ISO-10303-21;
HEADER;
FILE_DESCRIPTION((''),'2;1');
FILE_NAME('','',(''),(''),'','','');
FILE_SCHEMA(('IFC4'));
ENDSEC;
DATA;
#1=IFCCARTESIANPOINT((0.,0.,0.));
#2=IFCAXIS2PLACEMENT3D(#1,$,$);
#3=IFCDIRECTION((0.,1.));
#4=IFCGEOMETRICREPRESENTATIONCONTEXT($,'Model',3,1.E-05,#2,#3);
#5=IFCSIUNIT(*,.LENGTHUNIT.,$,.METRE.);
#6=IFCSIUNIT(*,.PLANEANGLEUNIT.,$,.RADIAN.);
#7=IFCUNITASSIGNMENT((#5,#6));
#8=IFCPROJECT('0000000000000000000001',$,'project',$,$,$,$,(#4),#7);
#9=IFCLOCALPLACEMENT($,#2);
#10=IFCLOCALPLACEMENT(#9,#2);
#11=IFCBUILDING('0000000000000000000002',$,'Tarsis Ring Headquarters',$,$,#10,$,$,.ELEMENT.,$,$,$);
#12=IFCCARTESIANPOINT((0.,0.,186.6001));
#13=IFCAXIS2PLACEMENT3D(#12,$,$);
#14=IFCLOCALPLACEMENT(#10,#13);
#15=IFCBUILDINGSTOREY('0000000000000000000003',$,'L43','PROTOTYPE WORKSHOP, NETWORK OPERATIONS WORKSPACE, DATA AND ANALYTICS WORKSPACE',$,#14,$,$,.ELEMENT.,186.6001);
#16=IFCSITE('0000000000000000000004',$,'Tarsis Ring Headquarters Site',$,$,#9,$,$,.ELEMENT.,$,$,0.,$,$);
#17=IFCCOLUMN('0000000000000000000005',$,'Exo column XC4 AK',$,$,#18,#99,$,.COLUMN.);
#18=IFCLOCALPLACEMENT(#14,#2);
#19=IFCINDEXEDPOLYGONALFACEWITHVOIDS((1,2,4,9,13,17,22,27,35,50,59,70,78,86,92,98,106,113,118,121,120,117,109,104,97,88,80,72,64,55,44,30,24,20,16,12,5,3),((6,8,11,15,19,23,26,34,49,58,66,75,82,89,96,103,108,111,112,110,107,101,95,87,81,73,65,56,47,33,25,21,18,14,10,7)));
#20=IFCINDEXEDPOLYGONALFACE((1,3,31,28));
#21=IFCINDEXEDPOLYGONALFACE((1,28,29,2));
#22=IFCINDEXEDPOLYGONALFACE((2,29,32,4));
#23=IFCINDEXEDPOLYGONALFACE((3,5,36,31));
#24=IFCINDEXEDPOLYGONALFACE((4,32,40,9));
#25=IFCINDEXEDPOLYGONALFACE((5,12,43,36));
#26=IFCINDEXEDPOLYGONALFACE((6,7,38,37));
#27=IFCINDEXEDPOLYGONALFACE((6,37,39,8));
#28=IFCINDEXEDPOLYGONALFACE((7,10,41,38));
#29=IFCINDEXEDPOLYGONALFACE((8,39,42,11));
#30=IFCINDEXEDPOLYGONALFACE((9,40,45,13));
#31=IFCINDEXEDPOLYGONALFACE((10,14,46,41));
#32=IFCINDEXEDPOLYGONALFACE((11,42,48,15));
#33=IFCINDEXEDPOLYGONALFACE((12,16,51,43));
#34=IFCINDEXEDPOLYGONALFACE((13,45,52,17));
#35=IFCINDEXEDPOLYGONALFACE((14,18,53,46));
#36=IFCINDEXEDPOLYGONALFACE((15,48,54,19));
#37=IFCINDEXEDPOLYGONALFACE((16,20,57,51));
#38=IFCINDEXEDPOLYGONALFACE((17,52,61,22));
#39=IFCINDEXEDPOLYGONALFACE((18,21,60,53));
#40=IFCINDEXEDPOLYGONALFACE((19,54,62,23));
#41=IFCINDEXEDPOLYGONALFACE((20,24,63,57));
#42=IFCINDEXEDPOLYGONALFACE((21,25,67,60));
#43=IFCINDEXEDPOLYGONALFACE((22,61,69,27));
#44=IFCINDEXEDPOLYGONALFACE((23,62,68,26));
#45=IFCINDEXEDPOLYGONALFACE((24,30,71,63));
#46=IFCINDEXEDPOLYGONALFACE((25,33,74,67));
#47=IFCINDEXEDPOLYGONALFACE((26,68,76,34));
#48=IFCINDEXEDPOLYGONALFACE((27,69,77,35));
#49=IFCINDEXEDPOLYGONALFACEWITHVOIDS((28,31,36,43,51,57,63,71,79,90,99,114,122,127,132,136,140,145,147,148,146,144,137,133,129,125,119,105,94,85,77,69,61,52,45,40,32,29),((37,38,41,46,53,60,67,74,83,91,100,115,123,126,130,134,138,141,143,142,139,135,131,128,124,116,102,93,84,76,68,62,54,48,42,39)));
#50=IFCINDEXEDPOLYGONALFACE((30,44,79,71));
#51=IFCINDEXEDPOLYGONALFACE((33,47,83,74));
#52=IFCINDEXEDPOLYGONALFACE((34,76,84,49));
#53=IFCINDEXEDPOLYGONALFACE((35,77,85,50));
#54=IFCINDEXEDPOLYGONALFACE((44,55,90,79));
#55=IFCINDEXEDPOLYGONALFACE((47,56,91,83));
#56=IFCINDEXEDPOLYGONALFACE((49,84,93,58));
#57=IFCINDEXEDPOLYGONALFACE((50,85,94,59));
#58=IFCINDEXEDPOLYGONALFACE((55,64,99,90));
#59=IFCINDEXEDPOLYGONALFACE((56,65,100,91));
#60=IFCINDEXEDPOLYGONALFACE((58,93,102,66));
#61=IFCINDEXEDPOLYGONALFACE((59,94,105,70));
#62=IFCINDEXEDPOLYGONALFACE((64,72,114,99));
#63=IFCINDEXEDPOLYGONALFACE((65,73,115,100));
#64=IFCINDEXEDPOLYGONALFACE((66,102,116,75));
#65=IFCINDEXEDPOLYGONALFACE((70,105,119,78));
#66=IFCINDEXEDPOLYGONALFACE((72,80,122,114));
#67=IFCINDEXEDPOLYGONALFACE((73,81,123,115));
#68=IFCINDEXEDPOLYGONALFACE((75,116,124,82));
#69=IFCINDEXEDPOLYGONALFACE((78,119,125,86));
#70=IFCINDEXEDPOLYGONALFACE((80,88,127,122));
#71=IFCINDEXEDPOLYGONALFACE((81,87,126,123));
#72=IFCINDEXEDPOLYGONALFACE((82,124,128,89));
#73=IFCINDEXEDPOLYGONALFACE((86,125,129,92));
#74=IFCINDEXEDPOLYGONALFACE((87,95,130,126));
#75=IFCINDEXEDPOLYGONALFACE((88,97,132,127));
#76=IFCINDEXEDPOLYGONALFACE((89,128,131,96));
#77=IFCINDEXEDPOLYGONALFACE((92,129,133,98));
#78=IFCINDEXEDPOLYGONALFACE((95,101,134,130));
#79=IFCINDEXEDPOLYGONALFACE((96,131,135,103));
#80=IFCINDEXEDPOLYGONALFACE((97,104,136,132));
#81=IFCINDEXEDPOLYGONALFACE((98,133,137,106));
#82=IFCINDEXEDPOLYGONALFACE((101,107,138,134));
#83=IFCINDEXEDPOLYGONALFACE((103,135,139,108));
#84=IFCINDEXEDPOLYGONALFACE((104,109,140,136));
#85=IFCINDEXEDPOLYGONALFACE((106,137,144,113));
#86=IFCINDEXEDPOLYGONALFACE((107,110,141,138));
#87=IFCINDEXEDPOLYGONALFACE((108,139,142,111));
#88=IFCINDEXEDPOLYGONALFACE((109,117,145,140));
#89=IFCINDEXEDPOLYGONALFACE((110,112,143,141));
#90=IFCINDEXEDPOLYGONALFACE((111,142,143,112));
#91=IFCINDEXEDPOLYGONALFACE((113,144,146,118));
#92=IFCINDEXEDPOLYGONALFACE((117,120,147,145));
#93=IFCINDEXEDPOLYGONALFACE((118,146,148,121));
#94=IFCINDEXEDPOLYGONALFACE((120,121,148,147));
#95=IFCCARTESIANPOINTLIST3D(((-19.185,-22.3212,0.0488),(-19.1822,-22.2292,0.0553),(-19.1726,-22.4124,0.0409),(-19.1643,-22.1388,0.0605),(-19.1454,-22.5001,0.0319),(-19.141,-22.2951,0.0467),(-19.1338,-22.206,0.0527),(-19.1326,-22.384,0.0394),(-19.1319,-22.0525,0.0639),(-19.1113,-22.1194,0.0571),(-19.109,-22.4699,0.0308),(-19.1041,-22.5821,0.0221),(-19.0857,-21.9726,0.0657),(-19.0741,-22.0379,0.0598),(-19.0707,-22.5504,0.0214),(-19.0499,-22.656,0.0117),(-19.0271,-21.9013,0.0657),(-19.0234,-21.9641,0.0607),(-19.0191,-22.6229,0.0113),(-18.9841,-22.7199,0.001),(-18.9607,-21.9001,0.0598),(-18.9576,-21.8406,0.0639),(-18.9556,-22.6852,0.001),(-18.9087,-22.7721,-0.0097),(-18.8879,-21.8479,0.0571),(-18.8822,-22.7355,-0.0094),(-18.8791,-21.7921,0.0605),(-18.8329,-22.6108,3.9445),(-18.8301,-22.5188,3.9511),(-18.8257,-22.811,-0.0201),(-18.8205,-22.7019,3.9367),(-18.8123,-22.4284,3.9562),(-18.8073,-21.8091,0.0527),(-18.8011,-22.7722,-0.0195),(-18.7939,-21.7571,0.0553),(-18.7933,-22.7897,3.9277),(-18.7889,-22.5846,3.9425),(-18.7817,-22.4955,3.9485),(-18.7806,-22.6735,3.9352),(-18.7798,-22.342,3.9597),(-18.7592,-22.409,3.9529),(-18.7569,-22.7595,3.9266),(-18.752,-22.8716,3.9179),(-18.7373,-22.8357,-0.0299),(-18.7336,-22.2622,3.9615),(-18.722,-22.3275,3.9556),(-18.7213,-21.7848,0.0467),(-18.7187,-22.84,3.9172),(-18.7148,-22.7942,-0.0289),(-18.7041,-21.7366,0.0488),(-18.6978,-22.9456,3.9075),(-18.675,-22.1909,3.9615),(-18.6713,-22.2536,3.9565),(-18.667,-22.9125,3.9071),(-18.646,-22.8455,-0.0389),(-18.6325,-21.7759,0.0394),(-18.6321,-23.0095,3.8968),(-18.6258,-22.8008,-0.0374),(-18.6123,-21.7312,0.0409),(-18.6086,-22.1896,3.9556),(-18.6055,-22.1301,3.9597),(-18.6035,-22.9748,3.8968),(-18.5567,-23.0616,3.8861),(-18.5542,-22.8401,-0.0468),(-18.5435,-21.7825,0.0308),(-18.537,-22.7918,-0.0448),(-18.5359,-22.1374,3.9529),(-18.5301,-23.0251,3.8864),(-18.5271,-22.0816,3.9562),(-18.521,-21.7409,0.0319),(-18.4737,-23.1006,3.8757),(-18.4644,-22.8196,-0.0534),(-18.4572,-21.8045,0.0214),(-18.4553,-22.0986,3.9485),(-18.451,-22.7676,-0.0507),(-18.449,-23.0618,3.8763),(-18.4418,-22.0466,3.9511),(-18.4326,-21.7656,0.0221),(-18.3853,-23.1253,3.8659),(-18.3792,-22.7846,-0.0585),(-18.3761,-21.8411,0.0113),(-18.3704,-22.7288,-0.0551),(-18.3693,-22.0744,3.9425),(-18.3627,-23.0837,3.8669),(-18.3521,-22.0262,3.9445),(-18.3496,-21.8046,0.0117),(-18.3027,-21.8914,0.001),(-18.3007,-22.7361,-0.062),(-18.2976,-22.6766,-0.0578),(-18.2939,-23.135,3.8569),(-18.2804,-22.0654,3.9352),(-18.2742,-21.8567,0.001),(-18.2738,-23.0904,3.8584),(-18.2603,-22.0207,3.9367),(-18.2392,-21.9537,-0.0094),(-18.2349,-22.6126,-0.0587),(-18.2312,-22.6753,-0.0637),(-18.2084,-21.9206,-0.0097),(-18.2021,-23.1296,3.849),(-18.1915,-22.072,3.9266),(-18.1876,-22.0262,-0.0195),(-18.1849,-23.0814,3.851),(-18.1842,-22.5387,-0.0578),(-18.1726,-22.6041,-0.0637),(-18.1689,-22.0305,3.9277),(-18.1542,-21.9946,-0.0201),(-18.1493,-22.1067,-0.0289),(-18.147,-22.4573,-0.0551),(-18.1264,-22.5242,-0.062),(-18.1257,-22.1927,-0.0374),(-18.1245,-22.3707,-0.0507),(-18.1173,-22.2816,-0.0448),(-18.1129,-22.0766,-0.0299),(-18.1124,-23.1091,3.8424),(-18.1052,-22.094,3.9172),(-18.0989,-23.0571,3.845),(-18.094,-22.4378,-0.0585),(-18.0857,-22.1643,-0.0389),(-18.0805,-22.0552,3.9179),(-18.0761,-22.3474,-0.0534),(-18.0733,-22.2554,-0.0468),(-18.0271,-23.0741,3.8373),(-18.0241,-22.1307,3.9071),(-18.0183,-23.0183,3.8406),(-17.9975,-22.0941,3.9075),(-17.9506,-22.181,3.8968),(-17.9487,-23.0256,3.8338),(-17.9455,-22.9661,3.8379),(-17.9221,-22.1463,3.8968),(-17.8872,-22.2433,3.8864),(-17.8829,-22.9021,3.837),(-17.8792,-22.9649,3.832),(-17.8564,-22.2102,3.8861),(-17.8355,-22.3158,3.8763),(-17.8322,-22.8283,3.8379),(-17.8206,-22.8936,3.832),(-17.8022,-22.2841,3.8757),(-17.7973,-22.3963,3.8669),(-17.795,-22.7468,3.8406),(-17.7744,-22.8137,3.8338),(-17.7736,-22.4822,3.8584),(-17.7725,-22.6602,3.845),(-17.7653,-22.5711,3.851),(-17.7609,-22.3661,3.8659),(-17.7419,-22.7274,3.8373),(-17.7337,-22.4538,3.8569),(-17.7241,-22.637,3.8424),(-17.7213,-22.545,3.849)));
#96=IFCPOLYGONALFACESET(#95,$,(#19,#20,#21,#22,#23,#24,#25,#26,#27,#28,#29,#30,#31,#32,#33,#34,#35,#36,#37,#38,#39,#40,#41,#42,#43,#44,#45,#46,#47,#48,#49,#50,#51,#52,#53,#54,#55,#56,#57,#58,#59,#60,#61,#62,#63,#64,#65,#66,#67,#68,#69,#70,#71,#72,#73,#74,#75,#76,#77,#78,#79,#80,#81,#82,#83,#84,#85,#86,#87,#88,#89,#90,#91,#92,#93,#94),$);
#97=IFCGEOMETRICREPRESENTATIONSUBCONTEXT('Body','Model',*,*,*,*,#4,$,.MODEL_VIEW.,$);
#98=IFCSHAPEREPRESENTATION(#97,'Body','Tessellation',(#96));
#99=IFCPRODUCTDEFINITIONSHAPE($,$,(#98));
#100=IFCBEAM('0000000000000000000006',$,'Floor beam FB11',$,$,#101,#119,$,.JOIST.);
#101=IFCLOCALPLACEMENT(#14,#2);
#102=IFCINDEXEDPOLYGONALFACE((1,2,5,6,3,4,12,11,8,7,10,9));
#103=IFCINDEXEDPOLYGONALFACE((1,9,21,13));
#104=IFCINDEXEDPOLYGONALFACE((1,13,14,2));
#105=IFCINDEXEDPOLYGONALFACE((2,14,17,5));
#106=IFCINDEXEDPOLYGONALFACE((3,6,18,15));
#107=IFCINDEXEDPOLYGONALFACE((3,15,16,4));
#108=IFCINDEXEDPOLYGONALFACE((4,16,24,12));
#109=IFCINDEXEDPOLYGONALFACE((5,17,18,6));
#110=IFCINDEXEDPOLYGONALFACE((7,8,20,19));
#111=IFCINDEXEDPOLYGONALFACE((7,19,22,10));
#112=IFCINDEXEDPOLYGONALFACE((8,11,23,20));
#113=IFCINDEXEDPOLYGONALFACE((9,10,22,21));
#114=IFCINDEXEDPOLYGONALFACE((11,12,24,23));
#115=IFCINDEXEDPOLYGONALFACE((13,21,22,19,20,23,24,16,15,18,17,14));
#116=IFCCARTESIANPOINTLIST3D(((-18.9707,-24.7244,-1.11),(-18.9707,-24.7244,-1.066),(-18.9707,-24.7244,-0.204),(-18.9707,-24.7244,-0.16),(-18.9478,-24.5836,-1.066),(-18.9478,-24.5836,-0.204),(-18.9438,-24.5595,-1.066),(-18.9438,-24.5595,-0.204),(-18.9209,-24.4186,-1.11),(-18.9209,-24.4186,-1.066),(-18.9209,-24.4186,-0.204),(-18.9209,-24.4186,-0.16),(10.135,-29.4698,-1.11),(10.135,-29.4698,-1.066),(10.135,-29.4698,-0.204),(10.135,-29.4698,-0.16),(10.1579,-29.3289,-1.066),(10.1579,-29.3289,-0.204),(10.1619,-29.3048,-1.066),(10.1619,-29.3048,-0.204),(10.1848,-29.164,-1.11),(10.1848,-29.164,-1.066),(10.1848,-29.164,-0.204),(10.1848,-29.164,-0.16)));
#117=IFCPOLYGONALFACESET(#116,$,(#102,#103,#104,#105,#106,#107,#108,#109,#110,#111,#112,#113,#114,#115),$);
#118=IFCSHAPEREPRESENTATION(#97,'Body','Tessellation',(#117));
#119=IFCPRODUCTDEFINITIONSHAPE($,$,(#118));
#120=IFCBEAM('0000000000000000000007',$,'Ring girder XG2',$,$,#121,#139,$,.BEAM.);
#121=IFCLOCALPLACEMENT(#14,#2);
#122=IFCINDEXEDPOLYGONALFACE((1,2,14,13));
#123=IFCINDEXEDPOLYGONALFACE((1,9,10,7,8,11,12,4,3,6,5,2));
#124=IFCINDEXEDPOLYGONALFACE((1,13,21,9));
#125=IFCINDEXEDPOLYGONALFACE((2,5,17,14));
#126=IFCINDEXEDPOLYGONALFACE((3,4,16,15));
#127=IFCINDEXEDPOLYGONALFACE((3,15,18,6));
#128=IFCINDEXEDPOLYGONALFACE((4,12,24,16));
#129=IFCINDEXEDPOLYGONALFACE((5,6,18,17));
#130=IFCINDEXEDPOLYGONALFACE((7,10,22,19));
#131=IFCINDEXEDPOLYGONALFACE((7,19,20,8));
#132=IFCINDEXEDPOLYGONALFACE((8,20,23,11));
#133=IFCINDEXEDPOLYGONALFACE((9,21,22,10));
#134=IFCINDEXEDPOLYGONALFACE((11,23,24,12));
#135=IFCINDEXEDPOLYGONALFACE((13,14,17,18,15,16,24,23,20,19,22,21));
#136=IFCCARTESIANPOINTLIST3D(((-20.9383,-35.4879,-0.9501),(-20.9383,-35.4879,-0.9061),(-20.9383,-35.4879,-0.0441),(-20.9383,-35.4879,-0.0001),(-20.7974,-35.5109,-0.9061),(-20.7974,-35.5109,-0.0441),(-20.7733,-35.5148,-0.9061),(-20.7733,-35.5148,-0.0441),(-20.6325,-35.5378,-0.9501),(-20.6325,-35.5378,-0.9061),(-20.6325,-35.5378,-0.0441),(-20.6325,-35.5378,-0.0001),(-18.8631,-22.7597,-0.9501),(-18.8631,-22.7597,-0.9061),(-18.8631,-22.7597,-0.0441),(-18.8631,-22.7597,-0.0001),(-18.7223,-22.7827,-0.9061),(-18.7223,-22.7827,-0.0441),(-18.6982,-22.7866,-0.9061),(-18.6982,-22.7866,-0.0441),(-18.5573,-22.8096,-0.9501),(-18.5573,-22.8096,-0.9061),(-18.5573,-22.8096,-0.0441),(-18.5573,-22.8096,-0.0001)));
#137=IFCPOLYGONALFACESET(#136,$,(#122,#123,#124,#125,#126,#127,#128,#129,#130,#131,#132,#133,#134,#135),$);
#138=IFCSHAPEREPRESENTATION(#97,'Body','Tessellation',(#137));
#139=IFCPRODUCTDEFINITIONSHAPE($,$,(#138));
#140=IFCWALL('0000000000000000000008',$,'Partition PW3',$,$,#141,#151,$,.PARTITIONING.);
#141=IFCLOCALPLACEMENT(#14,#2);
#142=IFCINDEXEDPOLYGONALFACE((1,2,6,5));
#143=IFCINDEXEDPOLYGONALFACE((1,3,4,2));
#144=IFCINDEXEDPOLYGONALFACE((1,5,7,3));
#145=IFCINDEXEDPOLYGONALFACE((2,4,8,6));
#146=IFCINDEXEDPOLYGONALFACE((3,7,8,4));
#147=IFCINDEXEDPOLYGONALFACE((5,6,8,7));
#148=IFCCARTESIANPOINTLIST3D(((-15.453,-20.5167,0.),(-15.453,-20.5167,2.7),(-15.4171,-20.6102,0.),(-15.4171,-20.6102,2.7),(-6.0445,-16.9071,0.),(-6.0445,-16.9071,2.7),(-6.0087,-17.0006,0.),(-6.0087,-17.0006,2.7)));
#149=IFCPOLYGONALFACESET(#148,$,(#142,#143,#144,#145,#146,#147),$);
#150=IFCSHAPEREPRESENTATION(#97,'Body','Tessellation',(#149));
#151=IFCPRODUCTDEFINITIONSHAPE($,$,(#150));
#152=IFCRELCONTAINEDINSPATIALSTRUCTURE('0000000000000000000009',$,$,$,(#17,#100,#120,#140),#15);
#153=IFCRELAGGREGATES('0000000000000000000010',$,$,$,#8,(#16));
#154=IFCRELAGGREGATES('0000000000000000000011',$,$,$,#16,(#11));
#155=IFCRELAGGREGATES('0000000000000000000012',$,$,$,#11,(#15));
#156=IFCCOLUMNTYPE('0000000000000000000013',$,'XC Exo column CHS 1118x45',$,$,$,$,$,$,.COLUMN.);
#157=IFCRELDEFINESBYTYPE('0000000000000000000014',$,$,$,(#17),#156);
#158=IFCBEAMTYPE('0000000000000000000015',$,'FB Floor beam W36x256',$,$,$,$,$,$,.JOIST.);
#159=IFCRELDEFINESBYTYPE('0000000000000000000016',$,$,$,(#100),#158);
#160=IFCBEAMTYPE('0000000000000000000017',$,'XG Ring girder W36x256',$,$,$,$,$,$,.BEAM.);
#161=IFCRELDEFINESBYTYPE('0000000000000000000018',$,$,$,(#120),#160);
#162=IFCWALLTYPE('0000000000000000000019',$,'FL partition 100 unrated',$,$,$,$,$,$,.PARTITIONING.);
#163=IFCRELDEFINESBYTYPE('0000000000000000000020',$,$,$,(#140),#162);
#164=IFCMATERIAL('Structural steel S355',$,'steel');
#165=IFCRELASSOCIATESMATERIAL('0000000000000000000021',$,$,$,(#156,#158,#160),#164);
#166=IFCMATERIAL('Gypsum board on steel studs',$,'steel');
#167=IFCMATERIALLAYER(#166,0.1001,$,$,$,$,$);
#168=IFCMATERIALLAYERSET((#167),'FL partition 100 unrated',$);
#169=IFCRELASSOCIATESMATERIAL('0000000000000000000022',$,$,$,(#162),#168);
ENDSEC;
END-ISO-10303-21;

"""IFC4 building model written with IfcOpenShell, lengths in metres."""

from ifc_helpers import new_model, si_unit, direction, frame, frame_2d, origin, origin_2d, place, context, subcontext, project, spatial, rectangle, hollow_circle, i_section, extrude, material, layer, layer_set, material_profile, profile_set, type_object, element, save


model = new_model("IFC4")

# Units and contexts
model_context = context("Model", 3, precision=1e-05, world=origin(), true_north=direction((0.0, 1.0)))
body_context = subcontext(model_context, "Body", "Model", "MODEL_VIEW")
ifc_project = project(units=[si_unit("LENGTHUNIT", "METRE"), si_unit("PLANEANGLEUNIT", "RADIAN")], contexts=[model_context])

# Site, building, storey
site_placement = place(None, origin())
site = spatial("IfcSite", under=ifc_project, at=site_placement, Name="Tarsis Ring Headquarters Site", CompositionType="ELEMENT", RefElevation=0.0)
building_placement = place(site_placement, origin())
building = spatial("IfcBuilding", under=site, at=building_placement, Name="Tarsis Ring Headquarters", CompositionType="ELEMENT")
storey_placement = place(building_placement, frame((0.0, 0.0, 186.6001)))
storey = spatial("IfcBuildingStorey", under=building, at=storey_placement, Name="L43", Description="PROTOTYPE WORKSHOP, NETWORK OPERATIONS WORKSPACE, DATA AND ANALYTICS WORKSPACE", CompositionType="ELEMENT", Elevation=186.6001)

# Column
ifc_material_1 = material(Name="Structural steel S355", Category="steel")
ifc_material_profile_1 = material_profile(ifc_material_1, hollow_circle(Radius=0.5588, WallThickness=0.0449, at=origin_2d()), Name="CHS 1118x45")
ifc_profile_set_1 = profile_set([ifc_material_profile_1], Name="Structural steel S355")
column_type = type_object("IfcColumnType", Name="XC Exo column CHS 1118x45", PredefinedType="COLUMN", material=ifc_profile_set_1)
column_placement = place(storey_placement, frame((-18.6292, -22.2883, 0.001), z_axis=(0.089756, -0.073821, 0.993224), x_axis=(0.635219, 0.772332, 0.0)))
element("IfcColumn", 1, at=column_placement, inside=storey, type_object=column_type, Name="Exo column XC4 AK", PredefinedType="COLUMN", context=body_context, shape_type="SweptSolid", body=[
    extrude(hollow_circle(Radius=0.5588, WallThickness=0.0449, at=origin_2d()), origin(), (0.0, 0.0, 1.0), 3.9224),
])

# Beams
ifc_material_profile_2 = material_profile(ifc_material_1, i_section(OverallWidth=0.3098, OverallDepth=0.95, WebThickness=0.0244, FlangeThickness=0.0439, at=origin_2d()), Name="W36x256")
ifc_profile_set_2 = profile_set([ifc_material_profile_2], Name="Structural steel S355")
beam_type_1 = type_object("IfcBeamType", Name="FB Floor beam W36x256", PredefinedType="JOIST", material=ifc_profile_set_2)
beam_1_placement = place(storey_placement, frame((-18.9458, -24.5715, -0.635), z_axis=(0.986968, -0.160914, 0.0), x_axis=(0.160914, 0.986968, 0.0)))
element("IfcBeam", 2, at=beam_1_placement, inside=storey, type_object=beam_type_1, Name="Floor beam FB11", PredefinedType="JOIST", context=body_context, shape_type="SweptSolid", body=[
    extrude(i_section(OverallWidth=0.3098, OverallDepth=0.95, WebThickness=0.0244, FlangeThickness=0.0439, at=origin_2d()), origin(), (0.0, 0.0, 1.0), 29.49),
])
beam_type_2 = type_object("IfcBeamType", Name="XG Ring girder W36x256", PredefinedType="BEAM", material=ifc_profile_set_2)
beam_2_placement = place(storey_placement, frame((-18.7102, -22.7847, -0.4751), z_axis=(-0.160914, -0.986968, 0.0), x_axis=(0.986968, -0.160914, 0.0)))
element("IfcBeam", 3, at=beam_2_placement, inside=storey, type_object=beam_type_2, Name="Ring girder XG2", PredefinedType="BEAM", context=body_context, shape_type="SweptSolid", body=[
    extrude(i_section(OverallWidth=0.3098, OverallDepth=0.95, WebThickness=0.0244, FlangeThickness=0.0439, at=origin_2d()), origin(), (0.0, 0.0, 1.0), 12.8962),
])

# Wall
ifc_material_2 = material(Name="Gypsum board on steel studs", Category="steel")
ifc_layer_1 = layer(ifc_material_2, 0.1001)
ifc_layer_set_1 = layer_set([ifc_layer_1], Name="FL partition 100 unrated")
wall_type_1 = type_object("IfcWallType", Name="FL partition 100 unrated", PredefinedType="PARTITIONING", material=ifc_layer_set_1)
wall_1_placement = place(storey_placement, frame((-15.4351, -20.5635, 0.0), z_axis=(0.0, 0.0, 1.0), x_axis=(0.933645, 0.3582, 0.0)))
element("IfcWall", 4, at=wall_1_placement, inside=storey, type_object=wall_type_1, Name="Partition PW3", PredefinedType="PARTITIONING", context=body_context, shape_type="SweptSolid", body=[
    extrude(rectangle(XDim=10.0771, YDim=0.1001, at=frame_2d((5.0386, 0.0))), origin(), (0.0, 0.0, 1.0), 2.7),
])

save(model, "model.ifc")
